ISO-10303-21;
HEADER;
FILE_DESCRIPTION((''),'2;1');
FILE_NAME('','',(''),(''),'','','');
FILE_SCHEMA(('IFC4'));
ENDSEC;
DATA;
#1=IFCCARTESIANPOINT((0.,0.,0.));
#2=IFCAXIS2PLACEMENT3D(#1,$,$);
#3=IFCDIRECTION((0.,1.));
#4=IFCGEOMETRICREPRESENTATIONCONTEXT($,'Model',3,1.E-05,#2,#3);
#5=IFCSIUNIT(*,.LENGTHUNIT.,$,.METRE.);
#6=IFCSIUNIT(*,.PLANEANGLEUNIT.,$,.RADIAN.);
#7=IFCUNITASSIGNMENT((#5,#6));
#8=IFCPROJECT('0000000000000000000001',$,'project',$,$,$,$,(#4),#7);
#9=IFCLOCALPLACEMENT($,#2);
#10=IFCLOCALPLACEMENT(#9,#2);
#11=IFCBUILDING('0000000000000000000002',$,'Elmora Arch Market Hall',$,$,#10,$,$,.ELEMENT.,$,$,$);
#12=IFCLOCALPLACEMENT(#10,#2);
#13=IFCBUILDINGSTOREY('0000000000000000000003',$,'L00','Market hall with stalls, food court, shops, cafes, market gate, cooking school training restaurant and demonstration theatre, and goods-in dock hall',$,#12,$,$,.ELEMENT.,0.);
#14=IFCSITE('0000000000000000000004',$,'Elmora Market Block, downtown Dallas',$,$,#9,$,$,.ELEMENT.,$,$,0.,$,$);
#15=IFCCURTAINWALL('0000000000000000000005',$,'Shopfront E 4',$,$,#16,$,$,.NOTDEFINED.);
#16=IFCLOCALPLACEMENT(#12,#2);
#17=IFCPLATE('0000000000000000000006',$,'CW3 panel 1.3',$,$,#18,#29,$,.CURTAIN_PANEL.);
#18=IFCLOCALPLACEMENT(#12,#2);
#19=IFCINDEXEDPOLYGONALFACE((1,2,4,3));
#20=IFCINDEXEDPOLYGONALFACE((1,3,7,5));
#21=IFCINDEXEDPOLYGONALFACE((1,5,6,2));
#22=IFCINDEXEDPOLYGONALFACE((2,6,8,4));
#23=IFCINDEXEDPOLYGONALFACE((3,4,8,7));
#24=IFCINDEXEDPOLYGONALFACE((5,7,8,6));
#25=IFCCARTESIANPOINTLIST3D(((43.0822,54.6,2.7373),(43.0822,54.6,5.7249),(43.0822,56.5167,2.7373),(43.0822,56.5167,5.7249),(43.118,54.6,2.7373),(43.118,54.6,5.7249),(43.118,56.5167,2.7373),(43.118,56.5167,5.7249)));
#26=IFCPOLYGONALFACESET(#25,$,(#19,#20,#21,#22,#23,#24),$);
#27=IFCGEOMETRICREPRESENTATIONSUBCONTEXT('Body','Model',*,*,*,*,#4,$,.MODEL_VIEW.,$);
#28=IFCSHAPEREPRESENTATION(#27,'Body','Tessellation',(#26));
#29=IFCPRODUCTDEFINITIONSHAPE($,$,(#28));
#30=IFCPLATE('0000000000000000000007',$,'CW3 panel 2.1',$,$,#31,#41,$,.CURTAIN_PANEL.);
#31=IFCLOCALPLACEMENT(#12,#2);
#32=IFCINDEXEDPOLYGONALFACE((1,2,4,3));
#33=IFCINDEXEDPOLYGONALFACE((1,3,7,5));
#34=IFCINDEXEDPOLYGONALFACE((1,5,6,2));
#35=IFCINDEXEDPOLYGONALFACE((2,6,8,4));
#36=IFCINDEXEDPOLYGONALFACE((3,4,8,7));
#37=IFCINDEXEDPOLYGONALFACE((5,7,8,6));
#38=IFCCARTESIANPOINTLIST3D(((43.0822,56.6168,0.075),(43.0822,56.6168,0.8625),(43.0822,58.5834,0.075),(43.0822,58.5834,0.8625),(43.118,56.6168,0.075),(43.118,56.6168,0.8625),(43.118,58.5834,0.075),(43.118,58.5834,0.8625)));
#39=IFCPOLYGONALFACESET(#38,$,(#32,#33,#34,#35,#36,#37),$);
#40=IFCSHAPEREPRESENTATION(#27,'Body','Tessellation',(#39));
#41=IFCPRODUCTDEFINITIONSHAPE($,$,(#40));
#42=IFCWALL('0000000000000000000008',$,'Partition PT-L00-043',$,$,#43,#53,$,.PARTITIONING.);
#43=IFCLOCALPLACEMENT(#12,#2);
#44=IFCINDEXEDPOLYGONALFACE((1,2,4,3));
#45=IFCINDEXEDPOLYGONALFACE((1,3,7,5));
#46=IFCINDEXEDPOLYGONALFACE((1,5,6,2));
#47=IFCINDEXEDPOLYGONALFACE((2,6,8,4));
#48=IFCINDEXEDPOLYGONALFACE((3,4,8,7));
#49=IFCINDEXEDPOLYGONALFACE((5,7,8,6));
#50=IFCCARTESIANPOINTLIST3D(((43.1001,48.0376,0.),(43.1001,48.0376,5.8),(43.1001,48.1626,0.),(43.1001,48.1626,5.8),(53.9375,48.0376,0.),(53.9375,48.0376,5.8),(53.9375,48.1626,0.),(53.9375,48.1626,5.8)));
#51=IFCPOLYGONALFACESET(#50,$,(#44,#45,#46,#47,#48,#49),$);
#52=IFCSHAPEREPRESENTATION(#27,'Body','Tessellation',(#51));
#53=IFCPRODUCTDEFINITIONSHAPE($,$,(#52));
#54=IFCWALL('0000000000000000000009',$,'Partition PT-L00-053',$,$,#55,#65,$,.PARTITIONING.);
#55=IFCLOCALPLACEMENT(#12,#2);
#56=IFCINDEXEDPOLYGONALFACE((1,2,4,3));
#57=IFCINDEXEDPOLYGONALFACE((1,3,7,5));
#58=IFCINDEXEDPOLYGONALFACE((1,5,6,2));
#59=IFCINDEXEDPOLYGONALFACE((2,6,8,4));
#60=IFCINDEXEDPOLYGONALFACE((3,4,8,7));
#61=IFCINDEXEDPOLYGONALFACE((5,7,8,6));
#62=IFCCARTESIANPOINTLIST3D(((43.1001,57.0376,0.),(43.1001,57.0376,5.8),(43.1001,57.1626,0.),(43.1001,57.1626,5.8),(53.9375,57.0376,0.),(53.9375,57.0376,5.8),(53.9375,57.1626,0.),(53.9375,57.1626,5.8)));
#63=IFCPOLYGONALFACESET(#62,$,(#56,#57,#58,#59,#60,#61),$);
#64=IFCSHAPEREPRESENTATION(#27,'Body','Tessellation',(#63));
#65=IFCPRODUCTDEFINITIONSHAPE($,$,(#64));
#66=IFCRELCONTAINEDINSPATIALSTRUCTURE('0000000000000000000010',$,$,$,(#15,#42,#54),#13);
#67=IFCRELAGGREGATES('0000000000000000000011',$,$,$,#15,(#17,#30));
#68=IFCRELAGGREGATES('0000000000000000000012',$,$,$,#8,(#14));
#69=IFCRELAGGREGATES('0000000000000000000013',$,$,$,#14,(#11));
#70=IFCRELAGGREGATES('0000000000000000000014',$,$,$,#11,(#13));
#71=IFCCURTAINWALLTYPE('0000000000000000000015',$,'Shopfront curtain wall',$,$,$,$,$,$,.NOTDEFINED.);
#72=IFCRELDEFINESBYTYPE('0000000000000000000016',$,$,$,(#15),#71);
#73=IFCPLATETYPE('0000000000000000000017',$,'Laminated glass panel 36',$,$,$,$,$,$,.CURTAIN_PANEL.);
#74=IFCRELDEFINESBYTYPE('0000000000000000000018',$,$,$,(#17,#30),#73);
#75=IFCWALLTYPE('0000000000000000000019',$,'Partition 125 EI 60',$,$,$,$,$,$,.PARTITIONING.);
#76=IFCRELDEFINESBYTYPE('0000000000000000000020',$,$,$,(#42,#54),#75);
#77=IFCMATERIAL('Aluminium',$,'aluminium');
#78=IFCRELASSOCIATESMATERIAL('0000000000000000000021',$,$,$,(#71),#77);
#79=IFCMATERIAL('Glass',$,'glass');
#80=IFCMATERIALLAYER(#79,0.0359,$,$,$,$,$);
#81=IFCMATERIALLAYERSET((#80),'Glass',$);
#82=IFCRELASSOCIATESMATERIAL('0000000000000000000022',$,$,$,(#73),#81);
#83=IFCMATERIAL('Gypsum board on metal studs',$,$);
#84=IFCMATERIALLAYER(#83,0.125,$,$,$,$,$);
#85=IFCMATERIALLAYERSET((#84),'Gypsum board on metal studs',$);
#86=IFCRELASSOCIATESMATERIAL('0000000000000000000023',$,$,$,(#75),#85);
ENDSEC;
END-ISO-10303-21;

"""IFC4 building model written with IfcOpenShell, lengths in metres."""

from ifc_helpers import new_model, si_unit, direction, frame, frame_2d, origin, origin_2d, place, context, subcontext, project, spatial, rectangle, extrude, material, layer, layer_set, type_object, element, aggregate, save


model = new_model("IFC4")

# Units and contexts
model_context = context("Model", 3, precision=1e-05, world=origin(), true_north=direction((0.0, 1.0)))
body_context = subcontext(model_context, "Body", "Model", "MODEL_VIEW")
ifc_project = project(units=[si_unit("LENGTHUNIT", "METRE"), si_unit("PLANEANGLEUNIT", "RADIAN")], contexts=[model_context])

# Site, building, storey
site_placement = place(None, origin())
site = spatial("IfcSite", under=ifc_project, at=site_placement, Name="Elmora Market Block, downtown Dallas", CompositionType="ELEMENT", RefElevation=0.0)
building_placement = place(site_placement, origin())
building = spatial("IfcBuilding", under=site, at=building_placement, Name="Elmora Arch Market Hall", CompositionType="ELEMENT")
storey_placement = place(building_placement, origin())
storey = spatial("IfcBuildingStorey", under=building, at=storey_placement, Name="L00", Description="Market hall with stalls, food court, shops, cafes, market gate, cooking school training restaurant and demonstration theatre, and goods-in dock hall", CompositionType="ELEMENT", Elevation=0.0)

# Curtain wall
ifc_material_1 = material(Name="Aluminium", Category="aluminium")
curtain_wall_type = type_object("IfcCurtainWallType", Name="Shopfront curtain wall", PredefinedType="NOTDEFINED", material=ifc_material_1)
curtain_wall_1_placement = place(storey_placement, origin())
curtain_wall_1 = element("IfcCurtainWall", 1, at=curtain_wall_1_placement, inside=storey, type_object=curtain_wall_type, Name="Shopfront E 4", PredefinedType="NOTDEFINED")

# Plates
ifc_material_2 = material(Name="Glass", Category="glass")
ifc_layer_1 = layer(ifc_material_2, 0.0359)
ifc_layer_set_1 = layer_set([ifc_layer_1], Name="Glass")
plate_type = type_object("IfcPlateType", Name="Laminated glass panel 36", PredefinedType="CURTAIN_PANEL", material=ifc_layer_set_1)
plate_1_placement = place(storey_placement, frame((43.1001, 55.5583, 2.7373), z_axis=(0.0, 0.0, 1.0), x_axis=(0.0, 1.0, 0.0)))
plate_1 = element("IfcPlate", 2, at=plate_1_placement, type_object=plate_type, Name="CW3 panel 1.3", PredefinedType="CURTAIN_PANEL", context=body_context, shape_type="SweptSolid", body=[
    extrude(rectangle(XDim=1.9167, YDim=0.0359, at=origin_2d()), origin(), (0.0, 0.0, 1.0), 2.9875),
])
plate_2_placement = place(storey_placement, frame((43.1001, 57.6001, 0.075), z_axis=(0.0, 0.0, 1.0), x_axis=(0.0, 1.0, 0.0)))
plate_2 = element("IfcPlate", 3, at=plate_2_placement, type_object=plate_type, Name="CW3 panel 2.1", PredefinedType="CURTAIN_PANEL", context=body_context, shape_type="SweptSolid", body=[
    extrude(rectangle(XDim=1.9666, YDim=0.0359, at=origin_2d()), origin(), (0.0, 0.0, 1.0), 0.7876),
])
aggregate(curtain_wall_1, [plate_1, plate_2])

# Walls
ifc_material_3 = material(Name="Gypsum board on metal studs")
ifc_layer_2 = layer(ifc_material_3, 0.125)
ifc_layer_set_2 = layer_set([ifc_layer_2], Name="Gypsum board on metal studs")
wall_type_1 = type_object("IfcWallType", Name="Partition 125 EI 60", PredefinedType="PARTITIONING", material=ifc_layer_set_2)
for number, where, z_axis, x_axis, name in (
    (4, (43.1001, 48.1001, 0.0), (0.0, 0.0, 1.0), (1.0, 0.0, 0.0), "Partition PT-L00-043"),
    (5, (43.1001, 57.1001, 0.0), (0.0, 0.0, 1.0), (1.0, 0.0, 0.0), "Partition PT-L00-053"),
):
    element("IfcWall", number, at=place(storey_placement, frame(where, z_axis=z_axis, x_axis=x_axis)), inside=storey, type_object=wall_type_1, Name=name, PredefinedType="PARTITIONING", context=body_context, shape_type="SweptSolid", body=[
        extrude(rectangle(XDim=10.8374, YDim=0.125, at=frame_2d((5.4187, 0.0))), origin(), (0.0, 0.0, 1.0), 5.8),
    ])

save(model, "model.ifc")
